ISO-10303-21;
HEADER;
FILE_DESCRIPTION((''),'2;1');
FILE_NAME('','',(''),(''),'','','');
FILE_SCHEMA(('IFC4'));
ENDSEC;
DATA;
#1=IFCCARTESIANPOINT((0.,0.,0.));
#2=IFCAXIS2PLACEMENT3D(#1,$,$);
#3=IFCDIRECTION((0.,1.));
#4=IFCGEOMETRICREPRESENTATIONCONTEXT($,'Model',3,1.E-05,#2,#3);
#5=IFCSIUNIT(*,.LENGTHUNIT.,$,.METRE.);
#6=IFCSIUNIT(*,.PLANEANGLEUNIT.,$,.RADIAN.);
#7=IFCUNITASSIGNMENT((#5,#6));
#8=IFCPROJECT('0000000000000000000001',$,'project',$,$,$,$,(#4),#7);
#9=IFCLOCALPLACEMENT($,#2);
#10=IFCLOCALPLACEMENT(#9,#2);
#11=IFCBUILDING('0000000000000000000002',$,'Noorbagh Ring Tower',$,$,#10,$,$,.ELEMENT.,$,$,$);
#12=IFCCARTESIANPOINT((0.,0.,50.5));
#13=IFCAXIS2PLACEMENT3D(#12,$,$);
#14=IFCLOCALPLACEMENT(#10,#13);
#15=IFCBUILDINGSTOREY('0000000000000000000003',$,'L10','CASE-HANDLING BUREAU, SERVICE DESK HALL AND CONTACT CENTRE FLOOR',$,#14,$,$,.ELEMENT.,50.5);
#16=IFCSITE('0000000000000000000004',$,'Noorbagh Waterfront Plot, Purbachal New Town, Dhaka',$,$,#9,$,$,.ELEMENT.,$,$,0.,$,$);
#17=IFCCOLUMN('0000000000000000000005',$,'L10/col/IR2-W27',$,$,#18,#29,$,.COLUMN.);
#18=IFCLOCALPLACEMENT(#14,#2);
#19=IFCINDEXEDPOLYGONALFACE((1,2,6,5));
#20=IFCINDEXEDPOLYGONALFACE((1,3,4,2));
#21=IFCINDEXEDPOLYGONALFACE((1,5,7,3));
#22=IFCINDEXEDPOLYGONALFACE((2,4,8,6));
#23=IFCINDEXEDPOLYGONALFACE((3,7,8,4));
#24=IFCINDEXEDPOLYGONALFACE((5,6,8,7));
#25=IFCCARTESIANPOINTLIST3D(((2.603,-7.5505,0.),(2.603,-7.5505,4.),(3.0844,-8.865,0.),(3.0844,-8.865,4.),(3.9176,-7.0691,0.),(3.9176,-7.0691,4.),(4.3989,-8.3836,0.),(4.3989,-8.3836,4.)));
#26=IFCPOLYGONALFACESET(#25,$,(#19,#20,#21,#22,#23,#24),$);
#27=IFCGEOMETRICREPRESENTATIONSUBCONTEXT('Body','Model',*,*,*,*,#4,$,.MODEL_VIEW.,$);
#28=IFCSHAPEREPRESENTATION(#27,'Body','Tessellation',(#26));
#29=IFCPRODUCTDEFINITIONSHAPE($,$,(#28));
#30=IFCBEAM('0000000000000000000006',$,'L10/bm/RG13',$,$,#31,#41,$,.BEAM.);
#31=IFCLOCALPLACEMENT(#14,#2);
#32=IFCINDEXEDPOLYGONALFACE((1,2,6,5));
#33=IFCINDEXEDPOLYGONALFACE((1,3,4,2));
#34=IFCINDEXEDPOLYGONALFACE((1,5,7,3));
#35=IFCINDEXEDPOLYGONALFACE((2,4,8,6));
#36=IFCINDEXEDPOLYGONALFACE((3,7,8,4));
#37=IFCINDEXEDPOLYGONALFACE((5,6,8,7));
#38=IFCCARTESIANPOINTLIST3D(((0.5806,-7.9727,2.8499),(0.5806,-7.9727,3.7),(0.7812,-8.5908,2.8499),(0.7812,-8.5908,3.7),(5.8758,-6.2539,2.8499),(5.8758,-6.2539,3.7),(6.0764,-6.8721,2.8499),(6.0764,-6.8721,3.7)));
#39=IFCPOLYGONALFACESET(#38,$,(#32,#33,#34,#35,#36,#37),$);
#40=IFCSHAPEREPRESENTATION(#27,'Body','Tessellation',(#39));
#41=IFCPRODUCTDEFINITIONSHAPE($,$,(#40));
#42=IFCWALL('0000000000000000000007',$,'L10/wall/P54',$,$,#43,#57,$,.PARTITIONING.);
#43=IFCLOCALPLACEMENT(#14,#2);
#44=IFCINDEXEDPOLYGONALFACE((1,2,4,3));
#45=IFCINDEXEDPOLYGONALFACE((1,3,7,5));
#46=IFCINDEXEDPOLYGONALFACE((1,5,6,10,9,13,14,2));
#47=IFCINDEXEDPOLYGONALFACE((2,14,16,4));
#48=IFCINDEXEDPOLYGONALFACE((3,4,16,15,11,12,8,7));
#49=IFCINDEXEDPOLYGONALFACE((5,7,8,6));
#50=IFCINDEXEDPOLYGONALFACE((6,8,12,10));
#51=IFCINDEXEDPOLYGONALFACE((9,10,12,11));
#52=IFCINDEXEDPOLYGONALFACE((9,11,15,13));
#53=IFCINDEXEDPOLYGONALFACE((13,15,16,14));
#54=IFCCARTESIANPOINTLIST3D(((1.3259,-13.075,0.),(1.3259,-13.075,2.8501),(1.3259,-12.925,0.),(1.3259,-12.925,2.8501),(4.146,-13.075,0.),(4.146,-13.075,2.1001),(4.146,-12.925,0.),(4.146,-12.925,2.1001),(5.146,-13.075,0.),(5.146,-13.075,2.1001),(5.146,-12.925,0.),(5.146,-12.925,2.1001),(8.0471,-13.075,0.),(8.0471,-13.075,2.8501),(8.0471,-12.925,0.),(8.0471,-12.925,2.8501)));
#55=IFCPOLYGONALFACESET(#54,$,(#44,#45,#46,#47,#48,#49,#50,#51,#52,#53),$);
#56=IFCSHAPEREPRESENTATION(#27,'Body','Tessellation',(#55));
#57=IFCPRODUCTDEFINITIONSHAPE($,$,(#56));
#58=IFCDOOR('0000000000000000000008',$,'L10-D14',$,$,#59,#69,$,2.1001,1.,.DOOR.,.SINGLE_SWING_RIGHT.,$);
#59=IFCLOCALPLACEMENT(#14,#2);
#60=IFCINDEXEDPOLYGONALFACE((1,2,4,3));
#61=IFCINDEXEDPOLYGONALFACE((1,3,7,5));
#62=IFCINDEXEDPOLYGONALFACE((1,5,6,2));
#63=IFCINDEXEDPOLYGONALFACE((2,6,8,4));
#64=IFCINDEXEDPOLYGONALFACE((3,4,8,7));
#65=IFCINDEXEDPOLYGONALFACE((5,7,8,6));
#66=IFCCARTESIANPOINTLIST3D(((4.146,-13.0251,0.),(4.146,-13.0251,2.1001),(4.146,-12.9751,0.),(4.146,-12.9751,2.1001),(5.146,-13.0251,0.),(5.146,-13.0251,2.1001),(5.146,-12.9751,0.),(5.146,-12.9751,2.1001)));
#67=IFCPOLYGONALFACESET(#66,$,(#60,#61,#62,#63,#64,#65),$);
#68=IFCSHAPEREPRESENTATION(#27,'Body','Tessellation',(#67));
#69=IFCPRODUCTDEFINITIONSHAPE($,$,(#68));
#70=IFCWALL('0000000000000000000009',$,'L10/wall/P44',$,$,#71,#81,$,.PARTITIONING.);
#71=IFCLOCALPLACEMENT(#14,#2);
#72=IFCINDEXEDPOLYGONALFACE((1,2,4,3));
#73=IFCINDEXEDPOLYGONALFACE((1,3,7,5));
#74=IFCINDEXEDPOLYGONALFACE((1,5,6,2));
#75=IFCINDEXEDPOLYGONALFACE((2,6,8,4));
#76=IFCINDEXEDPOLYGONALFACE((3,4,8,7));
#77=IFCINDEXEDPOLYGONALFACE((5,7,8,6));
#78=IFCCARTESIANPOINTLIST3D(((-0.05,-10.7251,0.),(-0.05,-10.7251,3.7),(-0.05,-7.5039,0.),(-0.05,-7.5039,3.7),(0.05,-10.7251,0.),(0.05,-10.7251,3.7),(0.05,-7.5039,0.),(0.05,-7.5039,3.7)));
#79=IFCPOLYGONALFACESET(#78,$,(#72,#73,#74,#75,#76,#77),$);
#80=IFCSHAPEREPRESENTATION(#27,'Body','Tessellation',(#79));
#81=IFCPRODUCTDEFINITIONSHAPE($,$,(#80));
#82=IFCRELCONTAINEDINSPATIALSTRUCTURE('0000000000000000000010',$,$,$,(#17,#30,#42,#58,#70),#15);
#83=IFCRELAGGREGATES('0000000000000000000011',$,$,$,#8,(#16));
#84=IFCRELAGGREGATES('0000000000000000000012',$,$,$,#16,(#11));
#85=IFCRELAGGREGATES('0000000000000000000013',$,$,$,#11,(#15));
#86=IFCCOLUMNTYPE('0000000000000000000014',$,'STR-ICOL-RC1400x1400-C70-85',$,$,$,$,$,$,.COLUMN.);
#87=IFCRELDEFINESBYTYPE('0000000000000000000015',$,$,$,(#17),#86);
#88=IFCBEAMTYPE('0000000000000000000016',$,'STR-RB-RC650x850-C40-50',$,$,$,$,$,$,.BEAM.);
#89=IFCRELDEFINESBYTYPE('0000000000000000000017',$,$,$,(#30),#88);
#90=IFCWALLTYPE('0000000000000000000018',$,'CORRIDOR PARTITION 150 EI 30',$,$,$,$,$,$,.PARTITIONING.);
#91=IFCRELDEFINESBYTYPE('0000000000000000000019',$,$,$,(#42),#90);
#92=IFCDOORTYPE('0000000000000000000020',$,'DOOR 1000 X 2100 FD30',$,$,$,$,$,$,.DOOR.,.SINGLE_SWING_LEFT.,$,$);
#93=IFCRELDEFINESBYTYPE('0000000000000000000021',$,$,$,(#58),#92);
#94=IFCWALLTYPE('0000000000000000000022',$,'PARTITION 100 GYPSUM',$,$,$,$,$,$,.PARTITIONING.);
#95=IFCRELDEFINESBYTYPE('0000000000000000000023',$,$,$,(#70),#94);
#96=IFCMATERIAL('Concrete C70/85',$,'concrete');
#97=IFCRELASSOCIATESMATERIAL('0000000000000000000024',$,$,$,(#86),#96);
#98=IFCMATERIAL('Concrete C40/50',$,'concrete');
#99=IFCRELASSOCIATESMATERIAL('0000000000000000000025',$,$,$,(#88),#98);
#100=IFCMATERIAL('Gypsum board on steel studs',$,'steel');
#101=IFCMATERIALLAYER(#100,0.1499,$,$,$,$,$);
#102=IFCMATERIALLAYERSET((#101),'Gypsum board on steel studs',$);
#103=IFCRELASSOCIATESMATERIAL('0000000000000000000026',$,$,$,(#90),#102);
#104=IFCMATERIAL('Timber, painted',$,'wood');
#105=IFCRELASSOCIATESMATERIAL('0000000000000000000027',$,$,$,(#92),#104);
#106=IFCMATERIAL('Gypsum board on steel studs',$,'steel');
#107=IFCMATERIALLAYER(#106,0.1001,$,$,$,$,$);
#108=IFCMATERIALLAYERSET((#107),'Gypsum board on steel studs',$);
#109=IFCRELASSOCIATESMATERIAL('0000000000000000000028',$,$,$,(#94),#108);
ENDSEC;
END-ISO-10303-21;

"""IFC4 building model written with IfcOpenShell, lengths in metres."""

from ifc_helpers import new_model, si_unit, direction, frame, frame_2d, origin, origin_2d, place, context, subcontext, project, spatial, rectangle, extrude, material, layer, layer_set, material_profile, profile_set, type_object, element, fill, save


model = new_model("IFC4")

# Units and contexts
model_context = context("Model", 3, precision=1e-05, world=origin(), true_north=direction((0.0, 1.0)))
body_context = subcontext(model_context, "Body", "Model", "MODEL_VIEW")
ifc_project = project(units=[si_unit("LENGTHUNIT", "METRE"), si_unit("PLANEANGLEUNIT", "RADIAN")], contexts=[model_context])

# Site, building, storey
site_placement = place(None, origin())
site = spatial("IfcSite", under=ifc_project, at=site_placement, Name="Noorbagh Waterfront Plot, Purbachal New Town, Dhaka", CompositionType="ELEMENT", RefElevation=0.0)
building_placement = place(site_placement, origin())
building = spatial("IfcBuilding", under=site, at=building_placement, Name="Noorbagh Ring Tower", CompositionType="ELEMENT")
storey_placement = place(building_placement, frame((0.0, 0.0, 50.5)))
storey = spatial("IfcBuildingStorey", under=building, at=storey_placement, Name="L10", Description="CASE-HANDLING BUREAU, SERVICE DESK HALL AND CONTACT CENTRE FLOOR", CompositionType="ELEMENT", Elevation=50.5)

# Column
ifc_material_1 = material(Name="Concrete C70/85", Category="concrete")
ifc_material_profile_1 = material_profile(ifc_material_1, rectangle(XDim=1.3999, YDim=1.3999, at=origin_2d()), Name="RC1400x1400")
ifc_profile_set_1 = profile_set([ifc_material_profile_1], Name="Concrete C70/85")
column_type = type_object("IfcColumnType", Name="STR-ICOL-RC1400x1400-C70-85", PredefinedType="COLUMN", material=ifc_profile_set_1)
column_placement = place(storey_placement, frame((3.501, -7.967, 0.0), z_axis=(0.0, 0.0, 1.0), x_axis=(0.93902, 0.343864, 0.0)))
element("IfcColumn", 1, at=column_placement, inside=storey, type_object=column_type, Name="L10/col/IR2-W27", PredefinedType="COLUMN", context=body_context, shape_type="SweptSolid", body=[
    extrude(rectangle(XDim=1.3999, YDim=1.3999, at=origin_2d()), origin(), (0.0, 0.0, 1.0), 4.0),
])

# Beam
ifc_material_2 = material(Name="Concrete C40/50", Category="concrete")
ifc_material_profile_2 = material_profile(ifc_material_2, rectangle(XDim=0.6499, YDim=0.8501, at=origin_2d()), Name="RC650x850")
ifc_profile_set_2 = profile_set([ifc_material_profile_2], Name="Concrete C40/50")
beam_type = type_object("IfcBeamType", Name="STR-RB-RC650x850-C40-50", PredefinedType="BEAM", material=ifc_profile_set_2)
beam_placement = place(storey_placement, frame((0.6809, -8.2817, 3.2749), z_axis=(0.951149, 0.308732, 0.0), x_axis=(-0.308732, 0.951149, 0.0)))
element("IfcBeam", 2, at=beam_placement, inside=storey, type_object=beam_type, Name="L10/bm/RG13", PredefinedType="BEAM", context=body_context, shape_type="SweptSolid", body=[
    extrude(rectangle(XDim=0.6499, YDim=0.8501, at=origin_2d()), origin(), (0.0, 0.0, 1.0), 5.5671),
])

# Wall, opening, door
ifc_material_3 = material(Name="Gypsum board on steel studs", Category="steel")
ifc_layer_1 = layer(ifc_material_3, 0.1499)
ifc_layer_set_1 = layer_set([ifc_layer_1], Name="Gypsum board on steel studs")
wall_type_1 = type_object("IfcWallType", Name="CORRIDOR PARTITION 150 EI 30", PredefinedType="PARTITIONING", material=ifc_layer_set_1)
wall_1_placement = place(storey_placement, frame((1.3259, -13.0, 0.0), z_axis=(0.0, 0.0, 1.0), x_axis=(1.0, 0.0, 0.0)))
wall_1 = element("IfcWall", 3, at=wall_1_placement, inside=storey, type_object=wall_type_1, Name="L10/wall/P54", PredefinedType="PARTITIONING", context=body_context, shape_type="SweptSolid", body=[
    extrude(rectangle(XDim=6.7212, YDim=0.1499, at=frame_2d((3.3606, 0.0))), origin(), (0.0, 0.0, 1.0), 2.8501),
])
opening_placement = place(wall_1_placement, frame((2.8201, 0.0, 0.0)))
opening = element("IfcOpeningElement", 4, at=opening_placement, cuts=wall_1, PredefinedType="OPENING", context=body_context, shape_type="SweptSolid", body=[
    extrude(rectangle(XDim=1.0, YDim=2.1001, at=frame_2d((0.5, 1.05))), frame((0.0, 0.085, 0.0), z_axis=(0.0, -1.0, 0.0), x_axis=(1.0, 0.0, 0.0)), (0.0, 0.0, 1.0), 0.1699),
])
ifc_material_4 = material(Name="Timber, painted", Category="wood")
door_type = type_object("IfcDoorType", Name="DOOR 1000 X 2100 FD30", OperationType="SINGLE_SWING_LEFT", PredefinedType="DOOR", material=ifc_material_4)
door_placement = place(opening_placement, origin())
door = element("IfcDoor", 5, at=door_placement, inside=storey, type_object=door_type, Name="L10-D14", OperationType="SINGLE_SWING_RIGHT", OverallHeight=2.1001, OverallWidth=1.0, PredefinedType="DOOR", context=body_context, shape_type="SweptSolid", body=[
    extrude(rectangle(XDim=1.0, YDim=2.1001, at=frame_2d((0.5, 1.05))), frame((0.0, 0.0249, 0.0), z_axis=(0.0, -1.0, 0.0), x_axis=(1.0, 0.0, 0.0)), (0.0, 0.0, 1.0), 0.05),
])
fill(opening, door)

# Wall
ifc_material_5 = material(Name="Gypsum board on steel studs", Category="steel")
ifc_layer_2 = layer(ifc_material_5, 0.1001)
ifc_layer_set_2 = layer_set([ifc_layer_2], Name="Gypsum board on steel studs")
wall_type_2 = type_object("IfcWallType", Name="PARTITION 100 GYPSUM", PredefinedType="PARTITIONING", material=ifc_layer_set_2)
wall_2_placement = place(storey_placement, frame((0.0, -10.7251, 0.0), z_axis=(0.0, 0.0, 1.0), x_axis=(0.0, 1.0, 0.0)))
element("IfcWall", 6, at=wall_2_placement, inside=storey, type_object=wall_type_2, Name="L10/wall/P44", PredefinedType="PARTITIONING", context=body_context, shape_type="SweptSolid", body=[
    extrude(rectangle(XDim=3.2212, YDim=0.1001, at=frame_2d((1.6106, 0.0))), origin(), (0.0, 0.0, 1.0), 3.7),
])

save(model, "model.ifc")
